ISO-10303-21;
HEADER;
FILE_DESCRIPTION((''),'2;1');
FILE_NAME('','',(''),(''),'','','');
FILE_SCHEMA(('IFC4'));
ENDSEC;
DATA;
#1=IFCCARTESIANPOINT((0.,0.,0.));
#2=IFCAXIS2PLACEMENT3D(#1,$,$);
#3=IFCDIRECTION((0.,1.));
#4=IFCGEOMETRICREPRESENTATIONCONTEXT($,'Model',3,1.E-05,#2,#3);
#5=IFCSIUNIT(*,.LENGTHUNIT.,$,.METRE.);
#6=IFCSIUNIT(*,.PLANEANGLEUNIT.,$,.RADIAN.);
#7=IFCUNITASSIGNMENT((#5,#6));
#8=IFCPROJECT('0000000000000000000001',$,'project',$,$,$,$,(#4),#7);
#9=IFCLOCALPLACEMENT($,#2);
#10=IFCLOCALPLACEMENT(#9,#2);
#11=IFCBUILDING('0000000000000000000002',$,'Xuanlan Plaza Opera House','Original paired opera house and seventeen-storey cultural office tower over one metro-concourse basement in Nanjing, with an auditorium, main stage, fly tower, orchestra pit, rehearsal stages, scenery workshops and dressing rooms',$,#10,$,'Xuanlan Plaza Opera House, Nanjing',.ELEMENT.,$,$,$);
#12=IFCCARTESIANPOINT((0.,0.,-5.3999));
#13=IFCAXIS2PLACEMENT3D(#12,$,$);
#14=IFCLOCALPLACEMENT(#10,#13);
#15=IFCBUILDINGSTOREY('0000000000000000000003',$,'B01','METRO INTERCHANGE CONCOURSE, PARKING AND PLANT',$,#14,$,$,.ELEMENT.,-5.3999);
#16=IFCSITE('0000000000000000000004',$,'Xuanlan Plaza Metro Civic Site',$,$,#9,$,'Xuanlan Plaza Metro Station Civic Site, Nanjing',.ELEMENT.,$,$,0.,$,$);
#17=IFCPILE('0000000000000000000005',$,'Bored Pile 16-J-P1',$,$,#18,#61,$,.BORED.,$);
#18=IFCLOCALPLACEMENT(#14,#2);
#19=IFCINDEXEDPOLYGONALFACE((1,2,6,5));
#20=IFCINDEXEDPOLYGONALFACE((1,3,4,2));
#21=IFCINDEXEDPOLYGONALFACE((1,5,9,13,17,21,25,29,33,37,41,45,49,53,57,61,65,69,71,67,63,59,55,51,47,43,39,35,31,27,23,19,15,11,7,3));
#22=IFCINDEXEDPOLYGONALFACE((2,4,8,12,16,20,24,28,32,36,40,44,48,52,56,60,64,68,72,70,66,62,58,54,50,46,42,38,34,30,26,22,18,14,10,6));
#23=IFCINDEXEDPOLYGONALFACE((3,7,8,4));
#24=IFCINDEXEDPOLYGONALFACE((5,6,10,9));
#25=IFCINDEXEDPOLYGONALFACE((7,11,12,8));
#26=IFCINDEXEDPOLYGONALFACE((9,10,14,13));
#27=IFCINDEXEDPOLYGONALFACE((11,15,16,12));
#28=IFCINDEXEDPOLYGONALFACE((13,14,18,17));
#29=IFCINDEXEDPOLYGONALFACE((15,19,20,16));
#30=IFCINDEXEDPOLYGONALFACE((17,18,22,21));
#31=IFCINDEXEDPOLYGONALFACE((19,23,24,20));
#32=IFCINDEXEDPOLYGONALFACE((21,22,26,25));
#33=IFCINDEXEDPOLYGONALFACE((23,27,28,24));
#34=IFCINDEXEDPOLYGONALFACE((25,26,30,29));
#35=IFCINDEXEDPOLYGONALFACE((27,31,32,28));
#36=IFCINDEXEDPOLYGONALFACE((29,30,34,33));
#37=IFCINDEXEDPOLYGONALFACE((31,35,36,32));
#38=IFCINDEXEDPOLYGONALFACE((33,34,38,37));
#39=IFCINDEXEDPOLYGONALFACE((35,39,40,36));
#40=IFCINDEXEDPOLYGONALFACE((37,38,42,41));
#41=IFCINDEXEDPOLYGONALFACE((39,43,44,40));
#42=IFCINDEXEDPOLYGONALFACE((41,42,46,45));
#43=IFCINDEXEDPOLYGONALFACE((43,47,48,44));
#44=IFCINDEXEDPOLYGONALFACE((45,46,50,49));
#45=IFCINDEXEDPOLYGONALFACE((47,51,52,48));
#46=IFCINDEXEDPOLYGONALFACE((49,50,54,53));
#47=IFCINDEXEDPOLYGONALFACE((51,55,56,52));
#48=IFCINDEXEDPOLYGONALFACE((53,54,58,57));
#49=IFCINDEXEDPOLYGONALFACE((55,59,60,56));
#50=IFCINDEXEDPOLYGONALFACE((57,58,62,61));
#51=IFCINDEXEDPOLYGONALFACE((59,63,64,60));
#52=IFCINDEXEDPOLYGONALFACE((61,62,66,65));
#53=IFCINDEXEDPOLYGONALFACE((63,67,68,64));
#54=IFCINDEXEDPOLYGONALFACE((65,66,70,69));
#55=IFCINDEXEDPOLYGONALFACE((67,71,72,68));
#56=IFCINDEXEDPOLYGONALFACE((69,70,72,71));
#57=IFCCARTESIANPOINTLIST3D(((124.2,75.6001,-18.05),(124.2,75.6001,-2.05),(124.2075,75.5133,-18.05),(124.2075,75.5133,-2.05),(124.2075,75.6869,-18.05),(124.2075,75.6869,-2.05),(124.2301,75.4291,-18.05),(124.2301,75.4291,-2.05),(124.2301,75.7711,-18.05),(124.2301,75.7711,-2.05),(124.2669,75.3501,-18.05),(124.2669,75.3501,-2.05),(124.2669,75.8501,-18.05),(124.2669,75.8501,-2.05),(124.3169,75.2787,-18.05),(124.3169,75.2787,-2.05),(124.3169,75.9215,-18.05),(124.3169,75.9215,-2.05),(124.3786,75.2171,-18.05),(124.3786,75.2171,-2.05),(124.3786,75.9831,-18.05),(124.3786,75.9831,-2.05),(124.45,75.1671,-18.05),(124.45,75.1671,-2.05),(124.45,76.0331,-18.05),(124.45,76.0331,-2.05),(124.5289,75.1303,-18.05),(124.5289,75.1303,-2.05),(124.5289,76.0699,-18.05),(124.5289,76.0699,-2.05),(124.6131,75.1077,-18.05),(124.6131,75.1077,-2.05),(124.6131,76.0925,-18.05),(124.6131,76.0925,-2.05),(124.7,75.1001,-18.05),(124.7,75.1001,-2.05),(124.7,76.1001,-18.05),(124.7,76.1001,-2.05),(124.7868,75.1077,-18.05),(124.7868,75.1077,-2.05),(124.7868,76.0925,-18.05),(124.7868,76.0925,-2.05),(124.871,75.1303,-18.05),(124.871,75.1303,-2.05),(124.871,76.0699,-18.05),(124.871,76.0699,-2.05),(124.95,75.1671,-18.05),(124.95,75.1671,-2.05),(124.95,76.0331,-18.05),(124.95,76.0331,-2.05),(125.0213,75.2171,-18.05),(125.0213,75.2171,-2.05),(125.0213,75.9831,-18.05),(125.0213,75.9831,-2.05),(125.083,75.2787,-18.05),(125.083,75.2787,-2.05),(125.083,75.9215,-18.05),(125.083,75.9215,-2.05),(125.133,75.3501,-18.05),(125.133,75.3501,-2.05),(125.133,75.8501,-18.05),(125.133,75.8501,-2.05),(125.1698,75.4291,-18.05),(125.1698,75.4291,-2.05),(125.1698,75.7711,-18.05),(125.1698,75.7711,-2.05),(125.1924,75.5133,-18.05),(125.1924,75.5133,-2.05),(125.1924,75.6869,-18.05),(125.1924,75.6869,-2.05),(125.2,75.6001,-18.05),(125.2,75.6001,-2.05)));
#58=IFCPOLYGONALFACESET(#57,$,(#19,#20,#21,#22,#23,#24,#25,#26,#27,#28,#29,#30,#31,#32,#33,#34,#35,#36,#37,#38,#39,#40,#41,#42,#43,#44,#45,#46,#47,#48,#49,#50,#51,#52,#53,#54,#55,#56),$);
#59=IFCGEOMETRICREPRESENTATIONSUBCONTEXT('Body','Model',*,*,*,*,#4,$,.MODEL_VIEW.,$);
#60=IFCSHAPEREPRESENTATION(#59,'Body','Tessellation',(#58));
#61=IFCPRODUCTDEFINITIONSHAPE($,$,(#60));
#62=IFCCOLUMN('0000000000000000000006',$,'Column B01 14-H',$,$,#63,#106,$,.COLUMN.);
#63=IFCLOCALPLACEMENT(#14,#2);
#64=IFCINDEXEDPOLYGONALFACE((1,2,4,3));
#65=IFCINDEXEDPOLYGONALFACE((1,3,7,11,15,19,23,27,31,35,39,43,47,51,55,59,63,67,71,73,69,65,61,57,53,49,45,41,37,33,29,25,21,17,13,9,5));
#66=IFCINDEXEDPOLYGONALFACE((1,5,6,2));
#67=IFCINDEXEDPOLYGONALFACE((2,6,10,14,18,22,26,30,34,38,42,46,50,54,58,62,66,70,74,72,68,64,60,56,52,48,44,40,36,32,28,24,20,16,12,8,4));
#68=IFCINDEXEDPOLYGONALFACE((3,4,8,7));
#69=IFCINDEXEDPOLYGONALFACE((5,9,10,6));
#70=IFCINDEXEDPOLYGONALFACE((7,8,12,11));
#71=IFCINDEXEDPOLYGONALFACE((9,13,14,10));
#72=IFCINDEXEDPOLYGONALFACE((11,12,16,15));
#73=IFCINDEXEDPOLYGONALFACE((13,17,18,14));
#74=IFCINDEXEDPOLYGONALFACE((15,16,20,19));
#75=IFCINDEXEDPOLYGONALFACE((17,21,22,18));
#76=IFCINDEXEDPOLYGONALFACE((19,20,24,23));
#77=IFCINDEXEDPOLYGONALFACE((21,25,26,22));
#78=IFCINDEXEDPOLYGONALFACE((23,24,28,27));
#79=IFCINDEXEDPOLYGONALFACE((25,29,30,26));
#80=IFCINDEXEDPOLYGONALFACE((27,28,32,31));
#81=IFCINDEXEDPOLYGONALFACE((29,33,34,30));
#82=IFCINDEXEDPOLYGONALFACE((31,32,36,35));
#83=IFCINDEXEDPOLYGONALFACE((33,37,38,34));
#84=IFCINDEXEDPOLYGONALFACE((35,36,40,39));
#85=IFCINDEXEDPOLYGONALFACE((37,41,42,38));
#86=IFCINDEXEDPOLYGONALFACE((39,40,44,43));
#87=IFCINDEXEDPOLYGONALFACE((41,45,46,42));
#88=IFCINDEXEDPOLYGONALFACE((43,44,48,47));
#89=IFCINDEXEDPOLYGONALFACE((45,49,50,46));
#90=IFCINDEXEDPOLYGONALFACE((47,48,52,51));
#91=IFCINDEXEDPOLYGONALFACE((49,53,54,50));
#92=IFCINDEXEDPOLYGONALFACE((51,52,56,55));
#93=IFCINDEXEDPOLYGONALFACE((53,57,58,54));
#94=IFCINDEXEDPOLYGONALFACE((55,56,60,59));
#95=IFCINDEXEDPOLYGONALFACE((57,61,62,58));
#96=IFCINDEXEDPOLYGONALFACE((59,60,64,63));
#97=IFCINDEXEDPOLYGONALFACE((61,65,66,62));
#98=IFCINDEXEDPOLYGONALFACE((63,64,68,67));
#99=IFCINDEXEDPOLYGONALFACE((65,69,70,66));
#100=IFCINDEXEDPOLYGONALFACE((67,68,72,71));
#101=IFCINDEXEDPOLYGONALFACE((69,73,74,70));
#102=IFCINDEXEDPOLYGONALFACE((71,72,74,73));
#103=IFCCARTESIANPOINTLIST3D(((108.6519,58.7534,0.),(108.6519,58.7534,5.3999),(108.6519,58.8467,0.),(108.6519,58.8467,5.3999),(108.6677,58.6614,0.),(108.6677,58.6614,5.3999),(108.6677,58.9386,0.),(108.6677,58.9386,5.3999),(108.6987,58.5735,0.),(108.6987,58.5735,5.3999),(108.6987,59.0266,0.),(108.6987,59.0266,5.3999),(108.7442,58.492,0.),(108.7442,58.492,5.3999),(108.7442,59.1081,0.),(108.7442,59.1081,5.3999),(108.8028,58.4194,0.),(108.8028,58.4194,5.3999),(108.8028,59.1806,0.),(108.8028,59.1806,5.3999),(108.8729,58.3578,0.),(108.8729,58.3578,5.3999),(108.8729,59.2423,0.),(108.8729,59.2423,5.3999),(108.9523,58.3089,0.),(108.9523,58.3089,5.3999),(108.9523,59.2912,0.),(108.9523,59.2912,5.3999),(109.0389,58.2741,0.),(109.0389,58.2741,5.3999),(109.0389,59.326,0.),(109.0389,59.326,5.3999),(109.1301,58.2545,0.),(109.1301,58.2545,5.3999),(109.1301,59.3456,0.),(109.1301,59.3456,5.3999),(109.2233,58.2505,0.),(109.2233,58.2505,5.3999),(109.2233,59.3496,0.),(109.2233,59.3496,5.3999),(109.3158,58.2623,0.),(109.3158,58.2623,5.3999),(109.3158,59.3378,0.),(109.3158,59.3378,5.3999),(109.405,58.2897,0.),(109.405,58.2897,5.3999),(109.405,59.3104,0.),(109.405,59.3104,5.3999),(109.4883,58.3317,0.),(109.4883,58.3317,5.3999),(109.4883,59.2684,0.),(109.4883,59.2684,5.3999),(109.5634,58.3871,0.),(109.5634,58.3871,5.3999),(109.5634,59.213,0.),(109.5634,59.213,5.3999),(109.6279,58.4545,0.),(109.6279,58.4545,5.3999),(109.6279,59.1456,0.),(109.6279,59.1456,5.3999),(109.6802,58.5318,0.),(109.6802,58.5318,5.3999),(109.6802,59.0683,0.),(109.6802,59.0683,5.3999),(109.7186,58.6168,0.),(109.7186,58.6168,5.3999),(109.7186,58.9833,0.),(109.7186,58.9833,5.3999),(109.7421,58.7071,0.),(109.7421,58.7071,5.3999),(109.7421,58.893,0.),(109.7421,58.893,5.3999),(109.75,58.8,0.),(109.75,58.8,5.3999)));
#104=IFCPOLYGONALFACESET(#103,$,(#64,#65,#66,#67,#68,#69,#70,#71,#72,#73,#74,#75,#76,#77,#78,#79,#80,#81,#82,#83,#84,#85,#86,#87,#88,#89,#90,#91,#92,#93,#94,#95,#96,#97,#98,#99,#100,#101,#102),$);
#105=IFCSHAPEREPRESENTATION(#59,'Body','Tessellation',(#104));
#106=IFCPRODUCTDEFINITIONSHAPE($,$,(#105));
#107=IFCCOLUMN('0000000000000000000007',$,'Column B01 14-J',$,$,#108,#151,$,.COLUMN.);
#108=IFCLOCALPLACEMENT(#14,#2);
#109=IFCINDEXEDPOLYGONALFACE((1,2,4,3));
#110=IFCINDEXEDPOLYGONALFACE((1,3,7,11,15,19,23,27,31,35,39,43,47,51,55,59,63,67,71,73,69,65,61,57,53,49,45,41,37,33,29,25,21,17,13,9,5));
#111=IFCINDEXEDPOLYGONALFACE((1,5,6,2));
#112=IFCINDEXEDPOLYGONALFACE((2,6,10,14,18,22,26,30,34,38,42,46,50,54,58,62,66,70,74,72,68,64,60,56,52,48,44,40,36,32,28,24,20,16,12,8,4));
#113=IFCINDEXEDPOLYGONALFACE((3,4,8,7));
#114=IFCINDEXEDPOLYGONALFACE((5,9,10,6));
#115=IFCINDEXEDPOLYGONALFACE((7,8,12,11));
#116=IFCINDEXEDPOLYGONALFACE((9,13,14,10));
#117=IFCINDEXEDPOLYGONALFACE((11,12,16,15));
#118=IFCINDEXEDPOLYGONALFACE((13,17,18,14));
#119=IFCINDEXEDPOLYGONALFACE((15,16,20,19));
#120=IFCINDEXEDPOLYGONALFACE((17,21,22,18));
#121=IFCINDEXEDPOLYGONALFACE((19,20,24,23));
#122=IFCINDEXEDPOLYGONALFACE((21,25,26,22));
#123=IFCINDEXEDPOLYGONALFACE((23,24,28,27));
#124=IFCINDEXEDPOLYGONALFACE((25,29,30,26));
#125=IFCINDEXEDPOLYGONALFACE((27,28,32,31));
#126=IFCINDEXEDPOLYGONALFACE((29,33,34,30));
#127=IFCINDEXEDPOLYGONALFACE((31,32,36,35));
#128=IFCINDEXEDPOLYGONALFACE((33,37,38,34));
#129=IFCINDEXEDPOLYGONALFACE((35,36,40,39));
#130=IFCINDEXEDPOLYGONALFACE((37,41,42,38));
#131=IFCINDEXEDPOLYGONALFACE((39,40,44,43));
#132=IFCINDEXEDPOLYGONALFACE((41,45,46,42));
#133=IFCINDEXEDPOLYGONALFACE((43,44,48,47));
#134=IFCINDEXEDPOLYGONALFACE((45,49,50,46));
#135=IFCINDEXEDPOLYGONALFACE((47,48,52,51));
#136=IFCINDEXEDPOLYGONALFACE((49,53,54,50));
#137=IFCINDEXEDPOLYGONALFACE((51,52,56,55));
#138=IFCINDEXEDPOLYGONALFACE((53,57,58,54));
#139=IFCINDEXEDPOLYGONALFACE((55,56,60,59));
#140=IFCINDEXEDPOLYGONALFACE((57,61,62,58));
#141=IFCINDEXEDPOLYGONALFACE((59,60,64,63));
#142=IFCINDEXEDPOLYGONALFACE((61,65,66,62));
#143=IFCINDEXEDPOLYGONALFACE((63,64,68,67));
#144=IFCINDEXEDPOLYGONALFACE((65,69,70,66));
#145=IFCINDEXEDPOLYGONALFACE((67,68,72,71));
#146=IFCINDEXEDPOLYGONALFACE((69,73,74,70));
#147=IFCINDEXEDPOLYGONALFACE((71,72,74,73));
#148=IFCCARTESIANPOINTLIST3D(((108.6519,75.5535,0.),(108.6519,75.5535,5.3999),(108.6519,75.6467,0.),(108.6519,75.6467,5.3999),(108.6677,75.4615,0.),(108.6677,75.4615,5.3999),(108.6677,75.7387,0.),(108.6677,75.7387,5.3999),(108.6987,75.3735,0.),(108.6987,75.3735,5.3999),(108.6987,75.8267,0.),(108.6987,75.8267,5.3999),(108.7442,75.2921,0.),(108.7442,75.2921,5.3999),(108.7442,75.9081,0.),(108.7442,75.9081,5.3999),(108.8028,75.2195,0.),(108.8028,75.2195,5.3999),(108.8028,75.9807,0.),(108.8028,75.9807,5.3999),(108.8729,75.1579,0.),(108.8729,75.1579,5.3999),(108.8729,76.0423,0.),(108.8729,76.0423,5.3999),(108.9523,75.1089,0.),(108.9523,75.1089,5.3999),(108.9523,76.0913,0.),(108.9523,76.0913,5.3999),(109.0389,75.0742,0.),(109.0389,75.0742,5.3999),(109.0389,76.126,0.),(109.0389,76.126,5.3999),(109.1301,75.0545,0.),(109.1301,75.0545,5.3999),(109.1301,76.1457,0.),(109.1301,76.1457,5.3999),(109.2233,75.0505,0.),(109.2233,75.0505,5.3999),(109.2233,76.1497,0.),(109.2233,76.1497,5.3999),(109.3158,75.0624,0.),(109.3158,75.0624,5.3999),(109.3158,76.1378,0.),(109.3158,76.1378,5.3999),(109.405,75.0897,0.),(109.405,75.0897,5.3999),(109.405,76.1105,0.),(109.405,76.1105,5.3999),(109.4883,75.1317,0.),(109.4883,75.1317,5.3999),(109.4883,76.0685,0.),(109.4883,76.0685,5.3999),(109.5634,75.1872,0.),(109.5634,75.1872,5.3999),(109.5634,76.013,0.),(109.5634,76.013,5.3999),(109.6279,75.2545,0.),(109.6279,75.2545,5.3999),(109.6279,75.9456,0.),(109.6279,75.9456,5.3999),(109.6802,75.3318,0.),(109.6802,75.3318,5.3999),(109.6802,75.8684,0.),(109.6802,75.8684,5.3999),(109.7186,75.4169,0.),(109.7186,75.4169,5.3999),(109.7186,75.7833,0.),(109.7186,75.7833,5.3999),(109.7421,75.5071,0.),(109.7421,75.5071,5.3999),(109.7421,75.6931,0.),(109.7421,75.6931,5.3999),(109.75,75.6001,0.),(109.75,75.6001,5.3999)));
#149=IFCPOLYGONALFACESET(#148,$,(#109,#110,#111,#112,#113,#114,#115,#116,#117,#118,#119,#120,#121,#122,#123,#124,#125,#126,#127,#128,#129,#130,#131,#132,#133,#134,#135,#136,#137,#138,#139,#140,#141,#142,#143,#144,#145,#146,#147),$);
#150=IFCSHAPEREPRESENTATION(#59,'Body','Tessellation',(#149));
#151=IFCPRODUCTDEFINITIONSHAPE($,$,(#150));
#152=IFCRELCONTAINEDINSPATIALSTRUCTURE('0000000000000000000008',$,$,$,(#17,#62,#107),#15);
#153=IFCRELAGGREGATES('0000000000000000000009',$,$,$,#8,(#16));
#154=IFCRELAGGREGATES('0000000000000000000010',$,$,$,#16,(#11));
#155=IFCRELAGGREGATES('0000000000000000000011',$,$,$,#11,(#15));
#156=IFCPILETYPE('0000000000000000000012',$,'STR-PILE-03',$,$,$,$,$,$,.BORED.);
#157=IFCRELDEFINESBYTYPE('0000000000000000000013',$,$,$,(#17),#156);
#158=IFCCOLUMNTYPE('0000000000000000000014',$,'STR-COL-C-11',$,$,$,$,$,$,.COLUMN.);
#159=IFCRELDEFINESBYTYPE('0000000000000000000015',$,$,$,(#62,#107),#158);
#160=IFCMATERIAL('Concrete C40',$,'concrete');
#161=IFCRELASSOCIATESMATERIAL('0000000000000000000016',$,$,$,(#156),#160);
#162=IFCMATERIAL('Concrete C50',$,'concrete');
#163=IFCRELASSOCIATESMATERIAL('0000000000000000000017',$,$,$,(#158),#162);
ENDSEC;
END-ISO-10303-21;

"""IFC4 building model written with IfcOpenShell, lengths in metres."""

from ifc_helpers import new_model, si_unit, direction, frame, origin, origin_2d, place, context, subcontext, project, spatial, circle, extrude, material, material_profile, profile_set, type_object, element, save


model = new_model("IFC4")

# Units and contexts
model_context = context("Model", 3, precision=1e-05, world=origin(), true_north=direction((0.0, 1.0)))
body_context = subcontext(model_context, "Body", "Model", "MODEL_VIEW")
ifc_project = project(units=[si_unit("LENGTHUNIT", "METRE"), si_unit("PLANEANGLEUNIT", "RADIAN")], contexts=[model_context])

# Site, building, storey
site_placement = place(None, origin())
site = spatial("IfcSite", under=ifc_project, at=site_placement, Name="Xuanlan Plaza Metro Civic Site", LongName="Xuanlan Plaza Metro Station Civic Site, Nanjing", CompositionType="ELEMENT", RefElevation=0.0)
building_placement = place(site_placement, origin())
building = spatial("IfcBuilding", under=site, at=building_placement, Name="Xuanlan Plaza Opera House", Description="Original paired opera house and seventeen-storey cultural office tower over one metro-concourse basement in Nanjing, with an auditorium, main stage, fly tower, orchestra pit, rehearsal stages, scenery workshops and dressing rooms", LongName="Xuanlan Plaza Opera House, Nanjing", CompositionType="ELEMENT")
storey_placement = place(building_placement, frame((0.0, 0.0, -5.3999)))
storey = spatial("IfcBuildingStorey", under=building, at=storey_placement, Name="B01", Description="METRO INTERCHANGE CONCOURSE, PARKING AND PLANT", CompositionType="ELEMENT", Elevation=-5.3999)

# Shared definitions
ifc_material_1 = material(Name="Concrete C40", Category="concrete")
ifc_material_2 = material(Name="Concrete C50", Category="concrete")

# Pile
ifc_material_profile_1 = material_profile(ifc_material_1, circle(Radius=0.5, at=origin_2d()), Name="PILE D1000")
ifc_profile_set_1 = profile_set([ifc_material_profile_1], Name="Concrete C40")
pile_type_1 = type_object("IfcPileType", Name="STR-PILE-03", PredefinedType="BORED", material=ifc_profile_set_1)
for number, where, z_axis, x_axis, name in (
    (1, (124.7, 75.6001, -2.05), (0.0, 0.0, -1.0), (1.0, 0.0, 0.0), "Bored Pile 16-J-P1"),
):
    element("IfcPile", number, at=place(storey_placement, frame(where, z_axis=z_axis, x_axis=x_axis)), inside=storey, type_object=pile_type_1, Name=name, PredefinedType="BORED", context=body_context, shape_type="SweptSolid", body=[
        extrude(circle(Radius=0.5, at=origin_2d()), origin(), (0.0, 0.0, 1.0), 16.0),
    ])

# Columns
ifc_material_profile_2 = material_profile(ifc_material_2, circle(Radius=0.55, at=origin_2d()), Name="RC-COL D1100")
ifc_profile_set_2 = profile_set([ifc_material_profile_2], Name="Concrete C50")
column_type_1 = type_object("IfcColumnType", Name="STR-COL-C-11", PredefinedType="COLUMN", material=ifc_profile_set_2)
for number, where, z_axis, x_axis, name in (
    (2, (109.2, 58.8, 0.0), (0.0, 0.0, 1.0), (1.0, 0.0, 0.0), "Column B01 14-H"),
    (3, (109.2, 75.6001, 0.0), (0.0, 0.0, 1.0), (1.0, 0.0, 0.0), "Column B01 14-J"),
):
    element("IfcColumn", number, at=place(storey_placement, frame(where, z_axis=z_axis, x_axis=x_axis)), inside=storey, type_object=column_type_1, Name=name, PredefinedType="COLUMN", context=body_context, shape_type="SweptSolid", body=[
        extrude(circle(Radius=0.55, at=origin_2d()), origin(), (0.0, 0.0, 1.0), 5.3999),
    ])

save(model, "model.ifc")
